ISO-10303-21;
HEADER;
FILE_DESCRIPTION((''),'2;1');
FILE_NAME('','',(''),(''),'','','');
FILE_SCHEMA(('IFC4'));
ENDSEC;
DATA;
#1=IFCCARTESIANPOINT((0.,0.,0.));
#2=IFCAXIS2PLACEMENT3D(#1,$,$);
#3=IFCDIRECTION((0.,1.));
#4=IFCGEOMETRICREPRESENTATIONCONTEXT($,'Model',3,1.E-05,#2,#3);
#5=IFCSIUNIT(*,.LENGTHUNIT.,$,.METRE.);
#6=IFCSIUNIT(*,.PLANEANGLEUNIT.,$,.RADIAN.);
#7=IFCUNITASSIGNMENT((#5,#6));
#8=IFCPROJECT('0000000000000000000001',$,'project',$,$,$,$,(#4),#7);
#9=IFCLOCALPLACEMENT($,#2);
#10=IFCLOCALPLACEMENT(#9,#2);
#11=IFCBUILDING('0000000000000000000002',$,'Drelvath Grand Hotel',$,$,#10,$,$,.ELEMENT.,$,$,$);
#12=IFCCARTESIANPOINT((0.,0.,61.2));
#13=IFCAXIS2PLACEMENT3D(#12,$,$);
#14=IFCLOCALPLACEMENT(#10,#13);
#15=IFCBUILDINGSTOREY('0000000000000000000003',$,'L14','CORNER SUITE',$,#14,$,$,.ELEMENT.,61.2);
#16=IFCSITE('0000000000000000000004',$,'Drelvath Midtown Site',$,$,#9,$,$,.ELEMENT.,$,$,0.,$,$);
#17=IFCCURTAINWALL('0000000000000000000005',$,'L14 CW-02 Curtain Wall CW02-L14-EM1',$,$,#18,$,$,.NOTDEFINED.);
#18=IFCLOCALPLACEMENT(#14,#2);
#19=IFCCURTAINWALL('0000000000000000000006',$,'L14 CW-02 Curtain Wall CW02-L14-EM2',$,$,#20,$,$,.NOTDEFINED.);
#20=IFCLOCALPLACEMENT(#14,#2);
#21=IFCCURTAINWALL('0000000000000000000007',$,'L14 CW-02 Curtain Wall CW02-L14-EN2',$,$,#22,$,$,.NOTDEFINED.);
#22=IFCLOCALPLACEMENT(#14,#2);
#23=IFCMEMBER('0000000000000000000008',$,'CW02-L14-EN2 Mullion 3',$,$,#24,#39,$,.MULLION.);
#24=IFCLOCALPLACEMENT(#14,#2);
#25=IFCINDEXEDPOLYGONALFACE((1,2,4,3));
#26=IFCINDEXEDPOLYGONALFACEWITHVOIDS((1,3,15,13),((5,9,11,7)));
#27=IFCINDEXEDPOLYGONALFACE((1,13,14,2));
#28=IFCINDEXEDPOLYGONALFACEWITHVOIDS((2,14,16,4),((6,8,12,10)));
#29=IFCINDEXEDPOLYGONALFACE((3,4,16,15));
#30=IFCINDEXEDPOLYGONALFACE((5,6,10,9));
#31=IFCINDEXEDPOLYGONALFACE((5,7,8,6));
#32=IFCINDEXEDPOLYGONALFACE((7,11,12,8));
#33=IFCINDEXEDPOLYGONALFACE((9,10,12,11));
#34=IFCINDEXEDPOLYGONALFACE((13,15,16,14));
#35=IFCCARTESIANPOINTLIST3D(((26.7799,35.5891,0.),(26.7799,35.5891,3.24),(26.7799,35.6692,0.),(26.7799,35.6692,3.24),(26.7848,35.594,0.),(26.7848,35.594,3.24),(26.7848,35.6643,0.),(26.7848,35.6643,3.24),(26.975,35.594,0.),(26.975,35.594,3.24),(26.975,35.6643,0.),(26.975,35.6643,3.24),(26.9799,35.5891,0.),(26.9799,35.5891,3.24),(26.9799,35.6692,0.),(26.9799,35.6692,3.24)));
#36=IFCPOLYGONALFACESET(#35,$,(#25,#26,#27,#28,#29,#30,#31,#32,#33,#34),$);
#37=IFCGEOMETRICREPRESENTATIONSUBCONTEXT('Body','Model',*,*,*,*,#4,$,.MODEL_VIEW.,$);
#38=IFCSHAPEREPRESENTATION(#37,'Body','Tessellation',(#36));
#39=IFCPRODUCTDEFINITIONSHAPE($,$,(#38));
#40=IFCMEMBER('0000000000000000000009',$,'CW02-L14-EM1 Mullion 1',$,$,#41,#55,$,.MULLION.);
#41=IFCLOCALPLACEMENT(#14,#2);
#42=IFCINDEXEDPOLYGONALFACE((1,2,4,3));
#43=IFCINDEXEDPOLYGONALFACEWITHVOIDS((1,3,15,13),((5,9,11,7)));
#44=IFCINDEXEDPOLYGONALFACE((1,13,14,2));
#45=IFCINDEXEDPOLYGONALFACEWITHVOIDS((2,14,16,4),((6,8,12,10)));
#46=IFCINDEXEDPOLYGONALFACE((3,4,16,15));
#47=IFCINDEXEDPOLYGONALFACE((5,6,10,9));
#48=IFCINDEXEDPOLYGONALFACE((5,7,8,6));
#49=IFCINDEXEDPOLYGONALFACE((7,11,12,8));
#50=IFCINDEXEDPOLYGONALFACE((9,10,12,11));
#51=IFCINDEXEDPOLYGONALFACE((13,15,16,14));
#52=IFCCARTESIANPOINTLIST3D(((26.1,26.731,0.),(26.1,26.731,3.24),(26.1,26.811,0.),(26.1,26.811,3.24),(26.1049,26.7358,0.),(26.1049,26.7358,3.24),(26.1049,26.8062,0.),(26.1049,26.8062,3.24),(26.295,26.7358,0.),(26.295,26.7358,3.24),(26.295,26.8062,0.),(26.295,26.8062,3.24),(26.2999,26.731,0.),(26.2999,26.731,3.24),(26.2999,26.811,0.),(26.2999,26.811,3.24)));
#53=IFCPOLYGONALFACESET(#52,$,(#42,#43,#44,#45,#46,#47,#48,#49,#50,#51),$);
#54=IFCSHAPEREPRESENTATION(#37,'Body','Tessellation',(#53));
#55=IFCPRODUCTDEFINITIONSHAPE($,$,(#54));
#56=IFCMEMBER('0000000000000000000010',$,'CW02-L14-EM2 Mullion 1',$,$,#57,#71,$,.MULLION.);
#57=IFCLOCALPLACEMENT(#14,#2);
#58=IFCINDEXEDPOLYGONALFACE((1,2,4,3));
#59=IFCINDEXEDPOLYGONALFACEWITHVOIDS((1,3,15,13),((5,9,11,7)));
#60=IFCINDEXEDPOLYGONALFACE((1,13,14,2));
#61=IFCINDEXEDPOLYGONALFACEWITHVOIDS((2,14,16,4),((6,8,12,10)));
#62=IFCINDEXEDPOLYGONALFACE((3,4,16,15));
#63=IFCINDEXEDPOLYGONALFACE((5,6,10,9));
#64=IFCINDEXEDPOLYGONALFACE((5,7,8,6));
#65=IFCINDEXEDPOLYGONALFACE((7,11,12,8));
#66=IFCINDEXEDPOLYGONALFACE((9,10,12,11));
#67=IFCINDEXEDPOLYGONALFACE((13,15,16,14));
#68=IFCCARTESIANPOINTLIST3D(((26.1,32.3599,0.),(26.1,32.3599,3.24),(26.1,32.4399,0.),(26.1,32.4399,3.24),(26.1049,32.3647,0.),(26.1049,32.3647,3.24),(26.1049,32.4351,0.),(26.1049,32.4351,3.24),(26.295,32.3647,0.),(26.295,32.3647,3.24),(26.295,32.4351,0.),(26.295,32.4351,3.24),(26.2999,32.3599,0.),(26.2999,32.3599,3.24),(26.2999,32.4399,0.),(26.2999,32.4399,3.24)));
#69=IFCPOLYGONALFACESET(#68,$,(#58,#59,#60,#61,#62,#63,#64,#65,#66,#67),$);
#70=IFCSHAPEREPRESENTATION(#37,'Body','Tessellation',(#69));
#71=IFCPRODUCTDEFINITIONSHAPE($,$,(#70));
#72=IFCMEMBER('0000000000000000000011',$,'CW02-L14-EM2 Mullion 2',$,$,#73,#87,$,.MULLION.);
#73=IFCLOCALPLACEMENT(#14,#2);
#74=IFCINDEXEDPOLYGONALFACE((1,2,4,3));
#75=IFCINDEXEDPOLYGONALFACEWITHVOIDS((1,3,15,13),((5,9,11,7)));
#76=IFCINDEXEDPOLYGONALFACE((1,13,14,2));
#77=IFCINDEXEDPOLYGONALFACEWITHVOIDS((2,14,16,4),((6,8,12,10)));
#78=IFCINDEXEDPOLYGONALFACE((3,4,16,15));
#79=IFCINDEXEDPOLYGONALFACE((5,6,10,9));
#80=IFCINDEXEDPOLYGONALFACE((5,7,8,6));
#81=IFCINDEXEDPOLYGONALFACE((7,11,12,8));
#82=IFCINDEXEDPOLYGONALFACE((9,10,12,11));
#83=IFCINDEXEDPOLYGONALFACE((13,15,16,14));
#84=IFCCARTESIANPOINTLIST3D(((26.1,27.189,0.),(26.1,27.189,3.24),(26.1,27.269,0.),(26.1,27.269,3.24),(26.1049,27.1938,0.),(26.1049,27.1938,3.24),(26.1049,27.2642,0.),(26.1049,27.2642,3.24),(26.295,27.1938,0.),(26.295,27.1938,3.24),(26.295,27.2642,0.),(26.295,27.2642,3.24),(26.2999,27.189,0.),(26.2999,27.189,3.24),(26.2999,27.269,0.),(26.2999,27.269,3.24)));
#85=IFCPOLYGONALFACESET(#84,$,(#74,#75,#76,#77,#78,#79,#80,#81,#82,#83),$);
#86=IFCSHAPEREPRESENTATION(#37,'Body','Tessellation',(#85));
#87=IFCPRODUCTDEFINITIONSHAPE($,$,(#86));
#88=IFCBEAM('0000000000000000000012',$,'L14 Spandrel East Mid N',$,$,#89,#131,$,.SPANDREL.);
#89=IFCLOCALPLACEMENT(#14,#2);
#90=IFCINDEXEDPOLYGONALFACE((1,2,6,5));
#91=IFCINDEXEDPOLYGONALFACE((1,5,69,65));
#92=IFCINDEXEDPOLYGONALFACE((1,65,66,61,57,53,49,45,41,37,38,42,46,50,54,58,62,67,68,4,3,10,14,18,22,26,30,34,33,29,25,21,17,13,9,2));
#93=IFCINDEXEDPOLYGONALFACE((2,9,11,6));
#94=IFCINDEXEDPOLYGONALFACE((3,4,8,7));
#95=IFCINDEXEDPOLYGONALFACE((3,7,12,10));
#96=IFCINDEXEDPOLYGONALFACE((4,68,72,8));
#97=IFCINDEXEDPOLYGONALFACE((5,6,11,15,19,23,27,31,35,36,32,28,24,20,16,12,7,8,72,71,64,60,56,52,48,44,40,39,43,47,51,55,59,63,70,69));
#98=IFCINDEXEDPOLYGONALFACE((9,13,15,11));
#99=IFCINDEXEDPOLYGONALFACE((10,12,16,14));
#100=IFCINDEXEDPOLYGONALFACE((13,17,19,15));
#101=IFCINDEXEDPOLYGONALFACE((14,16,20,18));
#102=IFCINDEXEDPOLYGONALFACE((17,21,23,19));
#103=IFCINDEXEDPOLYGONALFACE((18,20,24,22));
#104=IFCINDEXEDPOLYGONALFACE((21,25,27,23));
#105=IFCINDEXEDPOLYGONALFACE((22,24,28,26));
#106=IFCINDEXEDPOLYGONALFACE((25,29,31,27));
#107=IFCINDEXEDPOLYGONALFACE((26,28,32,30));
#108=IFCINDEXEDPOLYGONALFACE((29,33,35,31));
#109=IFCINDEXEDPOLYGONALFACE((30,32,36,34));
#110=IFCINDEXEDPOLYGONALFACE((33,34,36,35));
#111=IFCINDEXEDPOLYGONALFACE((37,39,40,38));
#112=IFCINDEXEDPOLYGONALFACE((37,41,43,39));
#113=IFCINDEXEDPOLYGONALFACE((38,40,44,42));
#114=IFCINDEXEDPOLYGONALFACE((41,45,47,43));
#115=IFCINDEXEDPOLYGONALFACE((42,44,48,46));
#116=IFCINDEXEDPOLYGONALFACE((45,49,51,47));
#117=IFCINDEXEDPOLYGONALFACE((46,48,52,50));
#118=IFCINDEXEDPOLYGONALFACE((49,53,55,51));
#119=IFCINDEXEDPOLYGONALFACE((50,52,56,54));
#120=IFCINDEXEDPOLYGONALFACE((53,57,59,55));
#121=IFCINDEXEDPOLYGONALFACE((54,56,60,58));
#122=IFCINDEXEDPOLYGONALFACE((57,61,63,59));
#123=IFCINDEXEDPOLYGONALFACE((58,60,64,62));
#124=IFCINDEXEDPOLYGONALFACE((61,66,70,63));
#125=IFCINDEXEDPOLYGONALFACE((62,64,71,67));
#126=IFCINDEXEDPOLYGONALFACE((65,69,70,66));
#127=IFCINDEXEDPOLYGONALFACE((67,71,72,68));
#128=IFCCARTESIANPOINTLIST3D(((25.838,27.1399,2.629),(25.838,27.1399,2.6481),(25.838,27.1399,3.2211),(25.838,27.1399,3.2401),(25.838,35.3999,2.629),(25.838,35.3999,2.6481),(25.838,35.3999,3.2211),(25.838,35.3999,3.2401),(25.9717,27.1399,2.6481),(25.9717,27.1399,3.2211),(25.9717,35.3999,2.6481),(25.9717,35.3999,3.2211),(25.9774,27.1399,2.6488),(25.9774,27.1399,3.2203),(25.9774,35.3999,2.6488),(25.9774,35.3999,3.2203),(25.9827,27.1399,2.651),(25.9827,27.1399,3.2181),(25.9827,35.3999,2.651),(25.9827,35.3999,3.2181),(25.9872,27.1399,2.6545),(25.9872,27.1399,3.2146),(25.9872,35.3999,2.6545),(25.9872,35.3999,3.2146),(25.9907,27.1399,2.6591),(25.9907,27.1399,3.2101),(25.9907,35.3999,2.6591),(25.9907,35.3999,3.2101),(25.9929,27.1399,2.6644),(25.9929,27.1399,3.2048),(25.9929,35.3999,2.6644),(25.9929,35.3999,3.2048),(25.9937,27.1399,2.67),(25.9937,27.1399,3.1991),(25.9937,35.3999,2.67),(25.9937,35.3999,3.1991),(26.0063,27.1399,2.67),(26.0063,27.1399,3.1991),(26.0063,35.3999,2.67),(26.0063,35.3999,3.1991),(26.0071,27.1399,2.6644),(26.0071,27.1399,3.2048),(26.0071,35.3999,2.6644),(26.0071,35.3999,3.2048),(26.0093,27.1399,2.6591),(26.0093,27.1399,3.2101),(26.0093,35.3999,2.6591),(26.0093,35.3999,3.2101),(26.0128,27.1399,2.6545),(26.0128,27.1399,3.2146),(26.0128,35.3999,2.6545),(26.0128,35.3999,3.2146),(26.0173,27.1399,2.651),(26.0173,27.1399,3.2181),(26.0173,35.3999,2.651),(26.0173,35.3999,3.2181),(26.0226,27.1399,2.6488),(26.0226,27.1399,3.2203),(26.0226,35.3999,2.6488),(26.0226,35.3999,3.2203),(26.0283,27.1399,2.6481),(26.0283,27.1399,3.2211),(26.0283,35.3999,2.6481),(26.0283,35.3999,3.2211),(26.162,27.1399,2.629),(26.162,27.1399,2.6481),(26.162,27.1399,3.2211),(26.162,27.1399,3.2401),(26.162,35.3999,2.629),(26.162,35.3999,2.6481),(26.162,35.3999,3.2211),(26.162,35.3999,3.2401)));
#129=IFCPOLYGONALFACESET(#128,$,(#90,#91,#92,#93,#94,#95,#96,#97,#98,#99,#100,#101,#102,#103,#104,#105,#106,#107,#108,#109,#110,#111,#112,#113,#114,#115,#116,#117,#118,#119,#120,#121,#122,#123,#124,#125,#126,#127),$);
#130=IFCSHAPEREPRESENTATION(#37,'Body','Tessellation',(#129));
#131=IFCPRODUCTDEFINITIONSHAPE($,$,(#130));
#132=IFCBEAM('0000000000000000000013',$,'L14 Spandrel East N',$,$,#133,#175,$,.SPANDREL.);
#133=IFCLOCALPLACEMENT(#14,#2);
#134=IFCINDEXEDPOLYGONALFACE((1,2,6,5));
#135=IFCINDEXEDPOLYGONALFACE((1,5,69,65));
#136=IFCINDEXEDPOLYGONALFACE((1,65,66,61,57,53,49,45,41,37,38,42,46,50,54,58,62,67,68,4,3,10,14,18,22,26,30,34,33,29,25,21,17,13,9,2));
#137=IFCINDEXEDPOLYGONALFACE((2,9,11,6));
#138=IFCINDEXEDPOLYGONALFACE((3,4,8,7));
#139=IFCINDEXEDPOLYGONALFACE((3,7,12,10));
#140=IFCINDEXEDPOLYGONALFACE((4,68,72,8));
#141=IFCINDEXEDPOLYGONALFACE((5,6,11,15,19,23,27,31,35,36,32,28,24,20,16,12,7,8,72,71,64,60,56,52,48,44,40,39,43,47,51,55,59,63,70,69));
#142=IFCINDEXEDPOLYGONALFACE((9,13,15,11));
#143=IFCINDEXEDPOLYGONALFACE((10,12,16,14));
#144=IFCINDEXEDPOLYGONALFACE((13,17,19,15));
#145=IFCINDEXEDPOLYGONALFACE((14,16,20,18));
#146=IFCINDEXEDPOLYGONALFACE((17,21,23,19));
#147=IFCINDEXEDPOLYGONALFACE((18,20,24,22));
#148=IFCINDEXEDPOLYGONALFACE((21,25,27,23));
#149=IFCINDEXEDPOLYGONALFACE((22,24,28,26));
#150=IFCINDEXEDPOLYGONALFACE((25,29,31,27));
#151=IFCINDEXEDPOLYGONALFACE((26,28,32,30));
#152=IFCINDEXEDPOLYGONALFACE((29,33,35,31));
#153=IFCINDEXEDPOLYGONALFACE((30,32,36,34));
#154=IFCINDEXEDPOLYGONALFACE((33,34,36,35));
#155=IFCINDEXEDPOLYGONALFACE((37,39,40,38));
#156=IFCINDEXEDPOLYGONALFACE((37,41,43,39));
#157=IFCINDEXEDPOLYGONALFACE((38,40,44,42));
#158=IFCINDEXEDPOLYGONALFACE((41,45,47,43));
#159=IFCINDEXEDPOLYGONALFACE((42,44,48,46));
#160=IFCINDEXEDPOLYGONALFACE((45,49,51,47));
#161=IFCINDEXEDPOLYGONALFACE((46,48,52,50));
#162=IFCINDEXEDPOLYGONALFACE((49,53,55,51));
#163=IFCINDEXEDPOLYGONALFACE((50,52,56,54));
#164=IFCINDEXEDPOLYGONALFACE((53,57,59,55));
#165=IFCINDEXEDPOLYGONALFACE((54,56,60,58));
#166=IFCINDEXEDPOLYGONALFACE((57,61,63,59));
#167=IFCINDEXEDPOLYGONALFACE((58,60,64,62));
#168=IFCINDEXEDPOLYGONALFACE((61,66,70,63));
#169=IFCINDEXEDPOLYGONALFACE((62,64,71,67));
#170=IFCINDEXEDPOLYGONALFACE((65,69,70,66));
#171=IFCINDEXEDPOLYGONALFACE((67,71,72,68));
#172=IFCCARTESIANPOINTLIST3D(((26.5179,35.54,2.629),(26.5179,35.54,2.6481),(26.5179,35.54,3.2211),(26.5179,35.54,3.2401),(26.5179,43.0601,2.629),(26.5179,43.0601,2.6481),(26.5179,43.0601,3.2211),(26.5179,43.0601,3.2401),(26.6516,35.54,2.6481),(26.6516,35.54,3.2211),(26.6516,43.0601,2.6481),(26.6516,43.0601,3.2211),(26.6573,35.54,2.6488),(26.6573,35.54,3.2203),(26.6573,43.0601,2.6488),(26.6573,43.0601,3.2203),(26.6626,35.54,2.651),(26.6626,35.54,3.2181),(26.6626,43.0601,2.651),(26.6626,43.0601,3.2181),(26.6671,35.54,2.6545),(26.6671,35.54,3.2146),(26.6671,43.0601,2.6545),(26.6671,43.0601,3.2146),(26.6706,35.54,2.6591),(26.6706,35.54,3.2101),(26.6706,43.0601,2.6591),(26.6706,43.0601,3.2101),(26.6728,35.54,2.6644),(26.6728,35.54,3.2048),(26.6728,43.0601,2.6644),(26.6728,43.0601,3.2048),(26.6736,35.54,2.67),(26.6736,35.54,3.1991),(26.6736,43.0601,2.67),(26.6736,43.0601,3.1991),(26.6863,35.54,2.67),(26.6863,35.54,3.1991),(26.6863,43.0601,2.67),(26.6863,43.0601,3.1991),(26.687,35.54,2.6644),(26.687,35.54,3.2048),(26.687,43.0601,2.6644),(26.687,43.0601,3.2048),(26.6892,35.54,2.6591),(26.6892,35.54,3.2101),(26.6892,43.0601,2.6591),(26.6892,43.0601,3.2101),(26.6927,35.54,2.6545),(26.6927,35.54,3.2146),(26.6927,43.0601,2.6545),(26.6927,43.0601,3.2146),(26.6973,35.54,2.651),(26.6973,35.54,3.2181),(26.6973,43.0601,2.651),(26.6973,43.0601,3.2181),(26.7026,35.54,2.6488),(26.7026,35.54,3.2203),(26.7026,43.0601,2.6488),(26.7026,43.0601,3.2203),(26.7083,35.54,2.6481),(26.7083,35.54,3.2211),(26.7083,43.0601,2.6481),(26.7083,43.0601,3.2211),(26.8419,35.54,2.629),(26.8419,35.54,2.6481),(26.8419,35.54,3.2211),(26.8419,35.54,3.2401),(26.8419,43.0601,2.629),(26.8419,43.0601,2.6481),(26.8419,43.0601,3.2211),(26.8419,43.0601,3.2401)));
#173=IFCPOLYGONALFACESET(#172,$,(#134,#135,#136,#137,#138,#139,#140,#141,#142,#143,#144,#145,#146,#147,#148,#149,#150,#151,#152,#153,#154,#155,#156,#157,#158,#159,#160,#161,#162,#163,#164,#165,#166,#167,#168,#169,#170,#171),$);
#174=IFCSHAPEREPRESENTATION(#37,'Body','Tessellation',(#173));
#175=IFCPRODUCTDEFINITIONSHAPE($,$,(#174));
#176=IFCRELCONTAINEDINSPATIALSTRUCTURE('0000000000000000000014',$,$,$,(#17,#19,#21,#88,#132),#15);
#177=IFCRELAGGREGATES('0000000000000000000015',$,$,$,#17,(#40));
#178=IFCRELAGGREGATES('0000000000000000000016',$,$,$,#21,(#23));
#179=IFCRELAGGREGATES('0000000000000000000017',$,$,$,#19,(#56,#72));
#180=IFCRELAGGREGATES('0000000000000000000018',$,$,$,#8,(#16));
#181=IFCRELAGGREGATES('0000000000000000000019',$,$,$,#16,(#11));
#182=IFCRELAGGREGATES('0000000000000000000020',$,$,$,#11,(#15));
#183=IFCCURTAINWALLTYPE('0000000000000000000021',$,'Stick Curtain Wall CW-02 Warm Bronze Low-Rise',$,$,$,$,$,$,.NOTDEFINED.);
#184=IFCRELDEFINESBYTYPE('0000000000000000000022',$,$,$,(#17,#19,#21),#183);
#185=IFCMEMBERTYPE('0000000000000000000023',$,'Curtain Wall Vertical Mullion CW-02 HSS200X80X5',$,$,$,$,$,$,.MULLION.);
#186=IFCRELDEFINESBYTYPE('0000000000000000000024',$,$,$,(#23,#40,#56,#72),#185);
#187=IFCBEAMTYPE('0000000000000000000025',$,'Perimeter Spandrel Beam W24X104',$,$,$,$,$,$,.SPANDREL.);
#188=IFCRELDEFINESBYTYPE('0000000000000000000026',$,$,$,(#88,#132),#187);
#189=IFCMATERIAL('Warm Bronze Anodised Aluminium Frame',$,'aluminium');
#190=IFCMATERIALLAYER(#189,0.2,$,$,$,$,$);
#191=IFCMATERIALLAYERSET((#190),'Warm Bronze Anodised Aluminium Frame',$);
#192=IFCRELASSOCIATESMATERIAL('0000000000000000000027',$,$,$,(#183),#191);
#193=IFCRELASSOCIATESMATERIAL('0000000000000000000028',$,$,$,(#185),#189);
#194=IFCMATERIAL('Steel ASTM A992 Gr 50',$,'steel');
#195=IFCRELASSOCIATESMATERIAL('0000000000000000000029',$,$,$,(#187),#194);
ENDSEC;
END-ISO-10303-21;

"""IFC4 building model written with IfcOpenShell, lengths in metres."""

from ifc_helpers import new_model, si_unit, direction, frame, origin, origin_2d, place, context, subcontext, project, spatial, hollow_rectangle, i_section, extrude, material, layer, layer_set, material_profile, profile_set, type_object, element, aggregate, save


model = new_model("IFC4")

# Units and contexts
model_context = context("Model", 3, precision=1e-05, world=origin(), true_north=direction((0.0, 1.0)))
body_context = subcontext(model_context, "Body", "Model", "MODEL_VIEW")
ifc_project = project(units=[si_unit("LENGTHUNIT", "METRE"), si_unit("PLANEANGLEUNIT", "RADIAN")], contexts=[model_context])

# Site, building, storey
site_placement = place(None, origin())
site = spatial("IfcSite", under=ifc_project, at=site_placement, Name="Drelvath Midtown Site", CompositionType="ELEMENT", RefElevation=0.0)
building_placement = place(site_placement, origin())
building = spatial("IfcBuilding", under=site, at=building_placement, Name="Drelvath Grand Hotel", CompositionType="ELEMENT")
storey_placement = place(building_placement, frame((0.0, 0.0, 61.2)))
storey = spatial("IfcBuildingStorey", under=building, at=storey_placement, Name="L14", Description="CORNER SUITE", CompositionType="ELEMENT", Elevation=61.2)

# Curtain walls
ifc_material_1 = material(Name="Warm Bronze Anodised Aluminium Frame", Category="aluminium")
ifc_layer_1 = layer(ifc_material_1, 0.2)
ifc_layer_set_1 = layer_set([ifc_layer_1], Name="Warm Bronze Anodised Aluminium Frame")
curtain_wall_type = type_object("IfcCurtainWallType", Name="Stick Curtain Wall CW-02 Warm Bronze Low-Rise", PredefinedType="NOTDEFINED", material=ifc_layer_set_1)
curtain_wall_1_placement = place(storey_placement, origin())
curtain_wall_1 = element("IfcCurtainWall", 1, at=curtain_wall_1_placement, inside=storey, type_object=curtain_wall_type, Name="L14 CW-02 Curtain Wall CW02-L14-EM1", PredefinedType="NOTDEFINED")
curtain_wall_2_placement = place(storey_placement, origin())
curtain_wall_2 = element("IfcCurtainWall", 2, at=curtain_wall_2_placement, inside=storey, type_object=curtain_wall_type, Name="L14 CW-02 Curtain Wall CW02-L14-EM2", PredefinedType="NOTDEFINED")

# Shared definitions
ifc_material_profile_1 = material_profile(ifc_material_1, hollow_rectangle(XDim=0.0801, YDim=0.2, WallThickness=0.0049, at=origin_2d()), Name="HSS200X80X5")
ifc_profile_set_1 = profile_set([ifc_material_profile_1], Name="Warm Bronze Anodised Aluminium Frame")
member_type_1 = type_object("IfcMemberType", Name="Curtain Wall Vertical Mullion CW-02 HSS200X80X5", PredefinedType="MULLION", material=ifc_profile_set_1)

# Curtain wall, member
curtain_wall_3_placement = place(storey_placement, origin())
curtain_wall_3 = element("IfcCurtainWall", 3, at=curtain_wall_3_placement, inside=storey, type_object=curtain_wall_type, Name="L14 CW-02 Curtain Wall CW02-L14-EN2", PredefinedType="NOTDEFINED")
member_1_placement = place(storey_placement, frame((26.8799, 35.6292, 0.0), z_axis=(0.0, 0.0, 1.0), x_axis=(0.0, 1.0, 0.0)))
member_1 = element("IfcMember", 4, at=member_1_placement, type_object=member_type_1, Name="CW02-L14-EN2 Mullion 3", PredefinedType="MULLION", context=body_context, shape_type="SweptSolid", body=[
    extrude(hollow_rectangle(XDim=0.0801, YDim=0.2, WallThickness=0.0049, at=origin_2d()), origin(), (0.0, 0.0, 1.0), 3.24),
])

# Members
member_2_placement = place(storey_placement, frame((26.2, 26.771, 0.0), z_axis=(0.0, 0.0, 1.0), x_axis=(0.0, 1.0, 0.0)))
member_2 = element("IfcMember", 5, at=member_2_placement, type_object=member_type_1, Name="CW02-L14-EM1 Mullion 1", PredefinedType="MULLION", context=body_context, shape_type="SweptSolid", body=[
    extrude(hollow_rectangle(XDim=0.0801, YDim=0.2, WallThickness=0.0049, at=origin_2d()), origin(), (0.0, 0.0, 1.0), 3.24),
])
aggregate(curtain_wall_1, [member_2])
member_3_placement = place(storey_placement, frame((26.2, 32.3999, 0.0), z_axis=(0.0, 0.0, 1.0), x_axis=(0.0, 1.0, 0.0)))
member_3 = element("IfcMember", 6, at=member_3_placement, type_object=member_type_1, Name="CW02-L14-EM2 Mullion 1", PredefinedType="MULLION", context=body_context, shape_type="SweptSolid", body=[
    extrude(hollow_rectangle(XDim=0.0801, YDim=0.2, WallThickness=0.0049, at=origin_2d()), origin(), (0.0, 0.0, 1.0), 3.24),
])
member_4_placement = place(storey_placement, frame((26.2, 27.229, 0.0), z_axis=(0.0, 0.0, 1.0), x_axis=(0.0, 1.0, 0.0)))
member_4 = element("IfcMember", 7, at=member_4_placement, type_object=member_type_1, Name="CW02-L14-EM2 Mullion 2", PredefinedType="MULLION", context=body_context, shape_type="SweptSolid", body=[
    extrude(hollow_rectangle(XDim=0.0801, YDim=0.2, WallThickness=0.0049, at=origin_2d()), origin(), (0.0, 0.0, 1.0), 3.24),
])

# Beams
ifc_material_2 = material(Name="Steel ASTM A992 Gr 50", Category="steel")
ifc_material_profile_2 = material_profile(ifc_material_2, i_section(OverallWidth=0.324, OverallDepth=0.6111, WebThickness=0.0127, FlangeThickness=0.019, FilletRadius=0.022, at=origin_2d()), Name="W24X104")
ifc_profile_set_2 = profile_set([ifc_material_profile_2], Name="Steel ASTM A992 Gr 50")
beam_type_1 = type_object("IfcBeamType", Name="Perimeter Spandrel Beam W24X104", PredefinedType="SPANDREL", material=ifc_profile_set_2)
beam_1_placement = place(storey_placement, frame((26.0, 27.1399, 2.9346), z_axis=(0.0, 1.0, 0.0), x_axis=(-1.0, 0.0, 0.0)))
element("IfcBeam", 8, at=beam_1_placement, inside=storey, type_object=beam_type_1, Name="L14 Spandrel East Mid N", PredefinedType="SPANDREL", context=body_context, shape_type="SweptSolid", body=[
    extrude(i_section(OverallWidth=0.324, OverallDepth=0.6111, WebThickness=0.0127, FlangeThickness=0.019, FilletRadius=0.022, at=origin_2d()), origin(), (0.0, 0.0, 1.0), 8.26),
])
beam_2_placement = place(storey_placement, frame((26.6799, 35.54, 2.9346), z_axis=(0.0, 1.0, 0.0), x_axis=(-1.0, 0.0, 0.0)))
element("IfcBeam", 9, at=beam_2_placement, inside=storey, type_object=beam_type_1, Name="L14 Spandrel East N", PredefinedType="SPANDREL", context=body_context, shape_type="SweptSolid", body=[
    extrude(i_section(OverallWidth=0.324, OverallDepth=0.6111, WebThickness=0.0127, FlangeThickness=0.019, FilletRadius=0.022, at=origin_2d()), origin(), (0.0, 0.0, 1.0), 7.52),
])

aggregate(curtain_wall_3, [member_1])
aggregate(curtain_wall_2, [member_3, member_4])

save(model, "model.ifc")
